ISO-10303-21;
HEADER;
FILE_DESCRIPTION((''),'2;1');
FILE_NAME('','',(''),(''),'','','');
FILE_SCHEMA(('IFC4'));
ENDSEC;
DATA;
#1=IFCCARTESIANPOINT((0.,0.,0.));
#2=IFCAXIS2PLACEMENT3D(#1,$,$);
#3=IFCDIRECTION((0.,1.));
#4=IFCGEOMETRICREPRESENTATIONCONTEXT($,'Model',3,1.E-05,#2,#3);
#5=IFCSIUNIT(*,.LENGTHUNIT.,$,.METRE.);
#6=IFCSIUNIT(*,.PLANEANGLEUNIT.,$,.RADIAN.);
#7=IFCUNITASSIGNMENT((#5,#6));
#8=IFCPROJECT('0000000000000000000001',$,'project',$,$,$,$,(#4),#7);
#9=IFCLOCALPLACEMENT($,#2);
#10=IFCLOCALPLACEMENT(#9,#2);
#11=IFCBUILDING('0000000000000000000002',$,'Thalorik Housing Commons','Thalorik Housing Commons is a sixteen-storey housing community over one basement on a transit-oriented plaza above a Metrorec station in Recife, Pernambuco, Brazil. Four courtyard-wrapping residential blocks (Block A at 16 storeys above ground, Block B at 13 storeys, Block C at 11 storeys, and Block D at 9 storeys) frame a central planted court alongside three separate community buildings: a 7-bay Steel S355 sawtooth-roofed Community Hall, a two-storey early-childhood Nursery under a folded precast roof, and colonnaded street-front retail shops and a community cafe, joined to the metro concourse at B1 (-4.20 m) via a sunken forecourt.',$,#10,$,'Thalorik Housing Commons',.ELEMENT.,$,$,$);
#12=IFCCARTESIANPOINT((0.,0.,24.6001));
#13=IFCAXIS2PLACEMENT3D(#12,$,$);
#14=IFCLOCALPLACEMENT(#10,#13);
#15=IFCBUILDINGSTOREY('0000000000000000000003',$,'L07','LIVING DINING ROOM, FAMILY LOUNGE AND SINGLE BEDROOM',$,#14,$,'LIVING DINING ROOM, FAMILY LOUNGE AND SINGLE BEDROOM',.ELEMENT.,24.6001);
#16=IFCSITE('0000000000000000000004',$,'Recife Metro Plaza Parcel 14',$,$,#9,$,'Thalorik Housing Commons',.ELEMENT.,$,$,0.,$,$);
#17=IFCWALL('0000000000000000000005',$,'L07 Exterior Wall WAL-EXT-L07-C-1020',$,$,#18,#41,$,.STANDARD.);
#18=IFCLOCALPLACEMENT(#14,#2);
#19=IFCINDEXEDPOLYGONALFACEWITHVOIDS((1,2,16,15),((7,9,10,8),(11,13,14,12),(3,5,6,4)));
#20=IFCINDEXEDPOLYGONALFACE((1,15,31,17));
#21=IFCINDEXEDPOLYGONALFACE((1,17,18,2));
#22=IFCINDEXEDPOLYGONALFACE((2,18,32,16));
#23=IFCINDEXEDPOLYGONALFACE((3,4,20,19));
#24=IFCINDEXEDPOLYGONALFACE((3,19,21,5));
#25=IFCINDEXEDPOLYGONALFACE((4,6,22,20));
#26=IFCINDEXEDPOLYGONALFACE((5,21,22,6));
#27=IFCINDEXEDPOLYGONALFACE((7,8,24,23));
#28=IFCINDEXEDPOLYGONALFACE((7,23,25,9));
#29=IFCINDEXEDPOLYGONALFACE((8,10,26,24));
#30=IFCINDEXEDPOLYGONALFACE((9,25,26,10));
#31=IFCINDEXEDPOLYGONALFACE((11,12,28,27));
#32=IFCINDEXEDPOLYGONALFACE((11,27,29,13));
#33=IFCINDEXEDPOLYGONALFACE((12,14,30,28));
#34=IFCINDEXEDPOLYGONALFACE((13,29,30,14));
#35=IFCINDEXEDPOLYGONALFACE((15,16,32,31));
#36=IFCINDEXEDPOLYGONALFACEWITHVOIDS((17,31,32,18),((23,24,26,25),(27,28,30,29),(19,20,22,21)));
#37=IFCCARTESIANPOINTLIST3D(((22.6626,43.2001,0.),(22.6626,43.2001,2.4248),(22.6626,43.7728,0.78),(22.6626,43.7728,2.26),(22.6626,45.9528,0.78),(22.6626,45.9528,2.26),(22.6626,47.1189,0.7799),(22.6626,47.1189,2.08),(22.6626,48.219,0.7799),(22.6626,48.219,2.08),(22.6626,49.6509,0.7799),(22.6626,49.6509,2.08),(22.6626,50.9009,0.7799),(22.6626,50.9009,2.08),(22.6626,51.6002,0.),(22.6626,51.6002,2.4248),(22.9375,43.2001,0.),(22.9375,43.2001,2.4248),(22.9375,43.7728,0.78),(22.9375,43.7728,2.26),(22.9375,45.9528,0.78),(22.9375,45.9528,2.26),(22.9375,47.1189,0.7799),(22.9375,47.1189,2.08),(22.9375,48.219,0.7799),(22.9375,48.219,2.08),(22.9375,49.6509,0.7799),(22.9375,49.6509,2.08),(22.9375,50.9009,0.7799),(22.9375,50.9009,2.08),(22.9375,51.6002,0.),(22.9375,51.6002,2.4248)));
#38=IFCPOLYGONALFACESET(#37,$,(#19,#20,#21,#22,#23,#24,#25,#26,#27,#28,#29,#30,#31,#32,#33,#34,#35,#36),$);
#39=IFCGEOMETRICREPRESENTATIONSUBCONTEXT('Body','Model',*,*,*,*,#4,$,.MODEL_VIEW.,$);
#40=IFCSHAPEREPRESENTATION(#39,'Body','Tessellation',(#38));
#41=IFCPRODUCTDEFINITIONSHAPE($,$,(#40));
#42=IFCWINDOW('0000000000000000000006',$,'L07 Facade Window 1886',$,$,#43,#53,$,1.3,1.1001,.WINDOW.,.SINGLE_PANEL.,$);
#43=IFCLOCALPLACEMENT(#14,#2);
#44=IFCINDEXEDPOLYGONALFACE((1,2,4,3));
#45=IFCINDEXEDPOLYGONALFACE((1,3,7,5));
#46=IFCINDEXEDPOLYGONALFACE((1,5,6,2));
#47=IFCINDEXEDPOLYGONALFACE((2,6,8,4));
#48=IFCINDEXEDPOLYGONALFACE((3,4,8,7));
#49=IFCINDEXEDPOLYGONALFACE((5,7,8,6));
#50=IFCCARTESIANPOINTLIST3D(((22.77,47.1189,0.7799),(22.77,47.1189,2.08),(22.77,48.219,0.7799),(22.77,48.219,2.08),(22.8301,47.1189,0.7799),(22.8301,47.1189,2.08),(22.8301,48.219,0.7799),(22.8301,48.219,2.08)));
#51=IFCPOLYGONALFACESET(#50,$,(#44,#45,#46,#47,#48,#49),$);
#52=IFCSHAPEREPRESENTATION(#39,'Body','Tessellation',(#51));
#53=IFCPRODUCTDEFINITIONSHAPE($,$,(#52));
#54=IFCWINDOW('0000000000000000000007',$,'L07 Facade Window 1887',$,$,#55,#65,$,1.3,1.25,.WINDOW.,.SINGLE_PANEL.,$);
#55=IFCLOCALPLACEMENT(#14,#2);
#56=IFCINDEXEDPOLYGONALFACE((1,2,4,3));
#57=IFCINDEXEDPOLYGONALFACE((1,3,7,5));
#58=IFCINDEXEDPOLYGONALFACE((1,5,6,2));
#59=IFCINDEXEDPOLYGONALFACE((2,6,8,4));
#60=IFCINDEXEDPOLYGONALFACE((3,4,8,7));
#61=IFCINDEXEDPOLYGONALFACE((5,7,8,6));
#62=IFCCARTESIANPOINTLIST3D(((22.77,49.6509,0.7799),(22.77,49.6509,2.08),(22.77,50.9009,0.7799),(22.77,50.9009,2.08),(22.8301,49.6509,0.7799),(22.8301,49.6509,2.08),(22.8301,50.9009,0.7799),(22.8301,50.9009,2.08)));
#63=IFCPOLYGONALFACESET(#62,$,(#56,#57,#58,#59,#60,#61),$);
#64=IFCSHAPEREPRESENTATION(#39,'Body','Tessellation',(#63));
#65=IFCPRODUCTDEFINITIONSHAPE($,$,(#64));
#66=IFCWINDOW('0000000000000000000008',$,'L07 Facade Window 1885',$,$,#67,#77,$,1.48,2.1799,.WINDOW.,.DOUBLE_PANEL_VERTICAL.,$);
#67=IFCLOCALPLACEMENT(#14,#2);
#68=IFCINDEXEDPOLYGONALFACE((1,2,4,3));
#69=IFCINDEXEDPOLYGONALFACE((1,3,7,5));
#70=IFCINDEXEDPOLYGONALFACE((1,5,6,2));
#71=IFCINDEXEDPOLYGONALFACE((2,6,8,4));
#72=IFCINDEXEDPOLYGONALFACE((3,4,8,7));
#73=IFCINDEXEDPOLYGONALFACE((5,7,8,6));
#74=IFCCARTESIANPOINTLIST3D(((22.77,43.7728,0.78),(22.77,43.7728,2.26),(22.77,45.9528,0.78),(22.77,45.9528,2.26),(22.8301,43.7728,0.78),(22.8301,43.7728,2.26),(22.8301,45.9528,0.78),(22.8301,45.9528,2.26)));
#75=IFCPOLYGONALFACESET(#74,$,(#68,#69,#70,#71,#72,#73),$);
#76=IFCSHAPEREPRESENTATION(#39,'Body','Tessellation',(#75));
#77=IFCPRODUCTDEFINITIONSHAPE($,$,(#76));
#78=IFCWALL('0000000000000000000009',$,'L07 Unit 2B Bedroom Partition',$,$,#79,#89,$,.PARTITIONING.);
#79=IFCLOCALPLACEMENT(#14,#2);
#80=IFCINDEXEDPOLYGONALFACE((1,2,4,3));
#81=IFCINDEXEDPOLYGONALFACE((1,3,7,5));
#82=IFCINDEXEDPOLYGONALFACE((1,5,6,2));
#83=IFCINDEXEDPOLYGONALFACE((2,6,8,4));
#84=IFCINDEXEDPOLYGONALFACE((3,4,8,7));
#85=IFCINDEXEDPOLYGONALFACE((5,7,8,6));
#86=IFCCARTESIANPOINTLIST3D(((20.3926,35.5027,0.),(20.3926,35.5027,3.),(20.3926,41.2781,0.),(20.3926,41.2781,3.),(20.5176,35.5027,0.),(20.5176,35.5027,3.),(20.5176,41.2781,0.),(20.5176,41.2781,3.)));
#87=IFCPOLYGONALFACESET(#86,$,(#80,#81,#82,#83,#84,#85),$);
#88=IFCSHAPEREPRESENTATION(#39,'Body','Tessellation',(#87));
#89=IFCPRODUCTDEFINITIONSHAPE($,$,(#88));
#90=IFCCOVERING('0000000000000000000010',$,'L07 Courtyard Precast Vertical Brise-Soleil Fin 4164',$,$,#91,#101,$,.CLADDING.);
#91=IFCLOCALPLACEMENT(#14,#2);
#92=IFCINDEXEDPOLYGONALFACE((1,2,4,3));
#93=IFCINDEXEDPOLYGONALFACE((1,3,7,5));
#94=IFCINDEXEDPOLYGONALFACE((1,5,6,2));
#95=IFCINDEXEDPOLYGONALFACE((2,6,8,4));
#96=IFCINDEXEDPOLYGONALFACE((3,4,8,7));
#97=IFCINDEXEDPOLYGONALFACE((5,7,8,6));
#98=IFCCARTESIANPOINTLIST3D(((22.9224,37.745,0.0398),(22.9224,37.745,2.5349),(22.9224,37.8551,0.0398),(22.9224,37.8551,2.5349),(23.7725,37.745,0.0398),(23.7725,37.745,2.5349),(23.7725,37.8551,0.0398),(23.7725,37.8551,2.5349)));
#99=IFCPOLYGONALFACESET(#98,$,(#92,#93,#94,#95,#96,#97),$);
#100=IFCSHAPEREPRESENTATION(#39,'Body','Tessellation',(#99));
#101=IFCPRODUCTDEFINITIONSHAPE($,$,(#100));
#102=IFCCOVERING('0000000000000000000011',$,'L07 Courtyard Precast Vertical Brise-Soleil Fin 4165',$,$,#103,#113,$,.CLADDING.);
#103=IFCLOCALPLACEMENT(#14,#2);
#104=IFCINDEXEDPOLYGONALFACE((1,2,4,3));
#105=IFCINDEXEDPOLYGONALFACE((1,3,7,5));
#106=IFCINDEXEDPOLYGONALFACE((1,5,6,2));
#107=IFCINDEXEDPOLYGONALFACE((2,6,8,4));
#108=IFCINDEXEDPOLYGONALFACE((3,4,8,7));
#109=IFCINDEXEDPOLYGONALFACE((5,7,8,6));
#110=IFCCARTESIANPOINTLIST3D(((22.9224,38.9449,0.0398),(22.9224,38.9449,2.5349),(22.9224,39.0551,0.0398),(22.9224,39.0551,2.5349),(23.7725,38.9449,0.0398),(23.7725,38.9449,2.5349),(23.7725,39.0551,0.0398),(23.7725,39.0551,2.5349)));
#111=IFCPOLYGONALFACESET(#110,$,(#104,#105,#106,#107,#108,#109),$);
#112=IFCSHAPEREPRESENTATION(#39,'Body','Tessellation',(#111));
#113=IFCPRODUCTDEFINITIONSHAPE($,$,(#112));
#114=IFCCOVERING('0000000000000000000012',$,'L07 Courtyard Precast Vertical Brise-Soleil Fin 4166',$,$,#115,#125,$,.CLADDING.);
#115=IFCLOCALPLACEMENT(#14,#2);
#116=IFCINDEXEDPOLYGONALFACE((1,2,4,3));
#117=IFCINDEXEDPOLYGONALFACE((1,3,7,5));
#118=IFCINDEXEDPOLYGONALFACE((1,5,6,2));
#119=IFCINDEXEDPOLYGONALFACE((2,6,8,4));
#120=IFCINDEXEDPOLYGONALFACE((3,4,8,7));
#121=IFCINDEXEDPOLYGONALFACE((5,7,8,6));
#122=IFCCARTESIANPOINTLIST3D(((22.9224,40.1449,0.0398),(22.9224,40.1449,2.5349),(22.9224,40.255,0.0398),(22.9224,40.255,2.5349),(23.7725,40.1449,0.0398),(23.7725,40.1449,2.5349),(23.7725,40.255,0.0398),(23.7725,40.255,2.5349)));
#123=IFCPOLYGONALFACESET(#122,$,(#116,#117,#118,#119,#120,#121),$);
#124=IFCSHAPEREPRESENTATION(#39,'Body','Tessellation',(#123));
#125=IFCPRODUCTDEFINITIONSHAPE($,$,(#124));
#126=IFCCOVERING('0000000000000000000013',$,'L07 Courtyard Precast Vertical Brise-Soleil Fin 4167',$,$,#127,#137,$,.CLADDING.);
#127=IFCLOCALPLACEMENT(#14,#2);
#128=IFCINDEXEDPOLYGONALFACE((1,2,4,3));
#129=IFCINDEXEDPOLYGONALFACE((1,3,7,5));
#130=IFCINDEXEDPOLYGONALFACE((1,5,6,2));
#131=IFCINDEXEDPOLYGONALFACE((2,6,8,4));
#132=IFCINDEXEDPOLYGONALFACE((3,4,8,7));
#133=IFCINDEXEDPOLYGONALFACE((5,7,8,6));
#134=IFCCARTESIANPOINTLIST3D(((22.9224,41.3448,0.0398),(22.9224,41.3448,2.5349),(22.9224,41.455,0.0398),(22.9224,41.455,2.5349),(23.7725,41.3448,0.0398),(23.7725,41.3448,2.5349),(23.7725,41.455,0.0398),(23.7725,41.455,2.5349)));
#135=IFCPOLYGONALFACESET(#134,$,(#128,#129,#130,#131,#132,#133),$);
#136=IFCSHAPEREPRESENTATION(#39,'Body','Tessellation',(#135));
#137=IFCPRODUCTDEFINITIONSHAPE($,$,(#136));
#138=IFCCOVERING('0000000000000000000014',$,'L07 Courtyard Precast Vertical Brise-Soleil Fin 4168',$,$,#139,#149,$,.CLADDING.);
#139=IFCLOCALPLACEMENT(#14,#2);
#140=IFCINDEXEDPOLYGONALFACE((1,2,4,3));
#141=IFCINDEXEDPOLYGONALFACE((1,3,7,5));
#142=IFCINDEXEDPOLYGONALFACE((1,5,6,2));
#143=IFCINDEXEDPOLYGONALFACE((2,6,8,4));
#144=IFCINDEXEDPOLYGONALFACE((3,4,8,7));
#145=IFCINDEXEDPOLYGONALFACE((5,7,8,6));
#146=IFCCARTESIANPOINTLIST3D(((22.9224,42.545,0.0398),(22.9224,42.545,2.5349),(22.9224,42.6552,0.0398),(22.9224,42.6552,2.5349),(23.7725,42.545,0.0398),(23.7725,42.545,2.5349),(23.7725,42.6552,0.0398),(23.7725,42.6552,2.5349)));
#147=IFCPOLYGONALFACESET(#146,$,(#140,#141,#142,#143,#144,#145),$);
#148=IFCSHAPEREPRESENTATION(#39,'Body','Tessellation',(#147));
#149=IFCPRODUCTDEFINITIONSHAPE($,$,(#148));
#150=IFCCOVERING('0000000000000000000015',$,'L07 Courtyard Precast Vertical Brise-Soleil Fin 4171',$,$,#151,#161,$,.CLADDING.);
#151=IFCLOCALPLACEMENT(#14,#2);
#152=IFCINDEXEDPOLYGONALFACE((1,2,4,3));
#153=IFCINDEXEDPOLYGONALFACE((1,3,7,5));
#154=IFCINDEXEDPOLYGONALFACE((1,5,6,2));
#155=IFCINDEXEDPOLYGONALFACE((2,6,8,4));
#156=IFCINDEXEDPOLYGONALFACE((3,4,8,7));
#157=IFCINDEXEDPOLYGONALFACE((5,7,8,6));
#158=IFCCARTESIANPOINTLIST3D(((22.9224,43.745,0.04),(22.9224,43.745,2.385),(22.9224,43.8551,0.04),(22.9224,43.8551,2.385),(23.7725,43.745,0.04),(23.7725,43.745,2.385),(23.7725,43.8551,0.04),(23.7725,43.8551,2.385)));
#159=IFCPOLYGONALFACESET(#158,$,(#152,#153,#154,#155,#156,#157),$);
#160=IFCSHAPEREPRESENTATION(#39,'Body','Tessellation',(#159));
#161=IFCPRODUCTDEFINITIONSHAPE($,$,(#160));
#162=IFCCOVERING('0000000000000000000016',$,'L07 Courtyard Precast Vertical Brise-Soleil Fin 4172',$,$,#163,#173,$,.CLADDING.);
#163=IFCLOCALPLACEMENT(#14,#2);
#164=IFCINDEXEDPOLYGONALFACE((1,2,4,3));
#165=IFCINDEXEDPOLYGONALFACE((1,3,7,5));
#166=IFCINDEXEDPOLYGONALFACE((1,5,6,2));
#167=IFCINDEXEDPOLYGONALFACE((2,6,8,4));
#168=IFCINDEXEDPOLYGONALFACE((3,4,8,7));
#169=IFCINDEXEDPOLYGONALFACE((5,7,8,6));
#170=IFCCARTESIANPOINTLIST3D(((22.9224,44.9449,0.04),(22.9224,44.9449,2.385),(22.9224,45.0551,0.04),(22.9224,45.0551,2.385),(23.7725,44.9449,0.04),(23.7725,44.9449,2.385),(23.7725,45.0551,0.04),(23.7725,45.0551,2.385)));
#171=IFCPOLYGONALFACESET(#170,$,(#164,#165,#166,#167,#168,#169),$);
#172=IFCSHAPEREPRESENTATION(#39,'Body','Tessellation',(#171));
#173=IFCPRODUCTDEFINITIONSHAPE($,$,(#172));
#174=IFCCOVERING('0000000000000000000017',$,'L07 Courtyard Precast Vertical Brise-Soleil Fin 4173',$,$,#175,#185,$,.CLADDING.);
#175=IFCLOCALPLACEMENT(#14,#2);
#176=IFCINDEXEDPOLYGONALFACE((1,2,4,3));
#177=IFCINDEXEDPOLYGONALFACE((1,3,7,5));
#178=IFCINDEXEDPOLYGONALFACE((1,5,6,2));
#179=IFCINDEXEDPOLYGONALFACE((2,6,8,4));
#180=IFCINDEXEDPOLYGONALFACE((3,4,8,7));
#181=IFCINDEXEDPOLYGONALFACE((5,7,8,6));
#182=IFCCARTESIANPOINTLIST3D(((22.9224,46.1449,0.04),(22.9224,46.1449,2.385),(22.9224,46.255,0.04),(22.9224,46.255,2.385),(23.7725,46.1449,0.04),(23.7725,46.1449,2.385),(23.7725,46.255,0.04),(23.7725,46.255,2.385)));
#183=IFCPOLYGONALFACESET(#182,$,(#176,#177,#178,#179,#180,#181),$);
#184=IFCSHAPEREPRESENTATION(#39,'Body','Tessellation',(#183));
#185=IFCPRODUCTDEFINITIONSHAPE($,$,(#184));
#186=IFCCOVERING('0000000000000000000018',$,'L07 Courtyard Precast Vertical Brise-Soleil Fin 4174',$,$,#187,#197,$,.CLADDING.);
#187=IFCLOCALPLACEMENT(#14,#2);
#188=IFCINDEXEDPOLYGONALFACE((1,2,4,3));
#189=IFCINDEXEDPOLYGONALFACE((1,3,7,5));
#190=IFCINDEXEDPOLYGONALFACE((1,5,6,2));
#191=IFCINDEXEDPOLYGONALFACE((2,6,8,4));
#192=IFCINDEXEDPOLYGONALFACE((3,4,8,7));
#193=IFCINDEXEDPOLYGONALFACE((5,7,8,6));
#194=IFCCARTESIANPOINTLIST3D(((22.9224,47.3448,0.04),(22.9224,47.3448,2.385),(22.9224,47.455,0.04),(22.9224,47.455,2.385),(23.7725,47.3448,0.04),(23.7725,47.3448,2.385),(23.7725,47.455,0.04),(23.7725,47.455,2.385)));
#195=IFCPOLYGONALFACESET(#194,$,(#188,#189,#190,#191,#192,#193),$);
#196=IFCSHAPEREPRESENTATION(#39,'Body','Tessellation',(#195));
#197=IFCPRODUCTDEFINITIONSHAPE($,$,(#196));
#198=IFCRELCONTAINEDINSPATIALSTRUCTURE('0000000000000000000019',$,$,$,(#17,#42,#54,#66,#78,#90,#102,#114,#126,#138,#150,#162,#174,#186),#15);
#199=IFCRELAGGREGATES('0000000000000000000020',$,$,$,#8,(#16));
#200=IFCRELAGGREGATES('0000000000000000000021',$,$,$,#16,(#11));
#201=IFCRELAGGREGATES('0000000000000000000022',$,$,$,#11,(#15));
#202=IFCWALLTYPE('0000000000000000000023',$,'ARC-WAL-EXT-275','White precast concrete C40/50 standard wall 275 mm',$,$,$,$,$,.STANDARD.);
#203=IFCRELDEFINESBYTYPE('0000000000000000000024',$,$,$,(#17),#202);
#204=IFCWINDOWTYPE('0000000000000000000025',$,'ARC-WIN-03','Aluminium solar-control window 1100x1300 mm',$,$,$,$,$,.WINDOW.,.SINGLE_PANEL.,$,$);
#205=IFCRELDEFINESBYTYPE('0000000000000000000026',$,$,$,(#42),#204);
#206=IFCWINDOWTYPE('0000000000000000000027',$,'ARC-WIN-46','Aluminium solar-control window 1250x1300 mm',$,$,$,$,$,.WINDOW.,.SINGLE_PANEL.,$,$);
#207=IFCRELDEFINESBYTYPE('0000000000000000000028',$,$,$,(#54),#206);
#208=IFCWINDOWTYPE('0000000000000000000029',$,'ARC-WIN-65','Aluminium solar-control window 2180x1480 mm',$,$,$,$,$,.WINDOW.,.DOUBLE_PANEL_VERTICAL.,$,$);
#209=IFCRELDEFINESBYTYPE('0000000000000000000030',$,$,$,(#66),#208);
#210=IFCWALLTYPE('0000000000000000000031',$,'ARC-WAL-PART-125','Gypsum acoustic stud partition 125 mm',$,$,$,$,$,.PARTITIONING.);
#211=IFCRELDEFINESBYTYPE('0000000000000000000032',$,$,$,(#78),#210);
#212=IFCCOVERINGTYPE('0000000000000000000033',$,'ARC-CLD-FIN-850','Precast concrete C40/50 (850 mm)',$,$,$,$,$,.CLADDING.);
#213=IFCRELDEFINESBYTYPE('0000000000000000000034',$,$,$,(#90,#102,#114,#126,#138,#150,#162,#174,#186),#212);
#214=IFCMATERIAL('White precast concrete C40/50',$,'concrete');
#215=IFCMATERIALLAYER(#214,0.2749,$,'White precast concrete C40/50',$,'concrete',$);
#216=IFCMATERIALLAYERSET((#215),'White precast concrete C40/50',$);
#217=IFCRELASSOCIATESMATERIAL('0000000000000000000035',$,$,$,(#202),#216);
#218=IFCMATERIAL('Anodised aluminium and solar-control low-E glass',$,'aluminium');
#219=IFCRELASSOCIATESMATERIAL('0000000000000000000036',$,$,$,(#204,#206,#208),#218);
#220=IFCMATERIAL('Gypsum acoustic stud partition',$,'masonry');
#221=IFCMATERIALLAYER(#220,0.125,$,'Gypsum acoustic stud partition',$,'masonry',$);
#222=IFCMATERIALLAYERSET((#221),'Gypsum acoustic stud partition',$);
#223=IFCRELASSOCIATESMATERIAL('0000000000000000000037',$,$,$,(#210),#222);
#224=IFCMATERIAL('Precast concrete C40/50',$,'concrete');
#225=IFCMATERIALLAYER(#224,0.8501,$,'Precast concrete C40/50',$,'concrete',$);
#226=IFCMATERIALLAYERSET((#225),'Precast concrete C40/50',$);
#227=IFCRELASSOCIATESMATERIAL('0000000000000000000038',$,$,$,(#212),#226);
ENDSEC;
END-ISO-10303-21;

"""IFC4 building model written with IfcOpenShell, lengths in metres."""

from ifc_helpers import new_model, si_unit, direction, frame, frame_2d, origin, origin_2d, place, context, subcontext, project, spatial, rectangle, extrude, material, layer, layer_set, type_object, element, fill, save


model = new_model("IFC4")

# Units and contexts
model_context = context("Model", 3, precision=1e-05, world=origin(), true_north=direction((0.0, 1.0)))
body_context = subcontext(model_context, "Body", "Model", "MODEL_VIEW")
ifc_project = project(units=[si_unit("LENGTHUNIT", "METRE"), si_unit("PLANEANGLEUNIT", "RADIAN")], contexts=[model_context])

# Site, building, storey
site_placement = place(None, origin())
site = spatial("IfcSite", under=ifc_project, at=site_placement, Name="Recife Metro Plaza Parcel 14", LongName="Thalorik Housing Commons", CompositionType="ELEMENT", RefElevation=0.0)
building_placement = place(site_placement, origin())
building = spatial("IfcBuilding", under=site, at=building_placement, Name="Thalorik Housing Commons", Description="Thalorik Housing Commons is a sixteen-storey housing community over one basement on a transit-oriented plaza above a Metrorec station in Recife, Pernambuco, Brazil. Four courtyard-wrapping residential blocks (Block A at 16 storeys above ground, Block B at 13 storeys, Block C at 11 storeys, and Block D at 9 storeys) frame a central planted court alongside three separate community buildings: a 7-bay Steel S355 sawtooth-roofed Community Hall, a two-storey early-childhood Nursery under a folded precast roof, and colonnaded street-front retail shops and a community cafe, joined to the metro concourse at B1 (-4.20 m) via a sunken forecourt.", LongName="Thalorik Housing Commons", CompositionType="ELEMENT")
storey_placement = place(building_placement, frame((0.0, 0.0, 24.6001)))
storey = spatial("IfcBuildingStorey", under=building, at=storey_placement, Name="L07", Description="LIVING DINING ROOM, FAMILY LOUNGE AND SINGLE BEDROOM", LongName="LIVING DINING ROOM, FAMILY LOUNGE AND SINGLE BEDROOM", CompositionType="ELEMENT", Elevation=24.6001)

# Shared definitions
ifc_material_1 = material(Name="Precast concrete C40/50", Category="concrete")

# Shared definitions
ifc_material_2 = material(Name="Anodised aluminium and solar-control low-E glass", Category="aluminium")

# Shared definitions
ifc_material_3 = material(Name="White precast concrete C40/50", Category="concrete")
ifc_layer_1 = layer(ifc_material_3, 0.2749, Name="White precast concrete C40/50", Category="concrete")
ifc_layer_set_1 = layer_set([ifc_layer_1], Name="White precast concrete C40/50")
wall_type_1 = type_object("IfcWallType", Name="ARC-WAL-EXT-275", Description="White precast concrete C40/50 standard wall 275 mm", PredefinedType="STANDARD", material=ifc_layer_set_1)

# Wall, openings, windows
wall_1_placement = place(storey_placement, frame((22.8, 43.2, 0.0), z_axis=(0.0, 0.0, 1.0), x_axis=(0.0, 1.0, 0.0)))
wall_1 = element("IfcWall", 1, at=wall_1_placement, inside=storey, type_object=wall_type_1, Name="L07 Exterior Wall WAL-EXT-L07-C-1020", PredefinedType="STANDARD", context=body_context, shape_type="SweptSolid", body=[
    extrude(rectangle(XDim=8.4001, YDim=0.2749, at=frame_2d((4.2002, 0.0))), origin(), (0.0, 0.0, 1.0), 2.4248),
])
opening_1_placement = place(wall_1_placement, frame((0.573, 0.0, 0.78)))
opening_1 = element("IfcOpeningElement", 2, at=opening_1_placement, cuts=wall_1, PredefinedType="OPENING", context=body_context, shape_type="SweptSolid", body=[
    extrude(rectangle(XDim=2.1799, YDim=1.48, at=frame_2d((1.0898, 0.74))), frame((0.0, 0.1475, 0.0), z_axis=(0.0, -1.0, 0.0), x_axis=(1.0, 0.0, 0.0)), (0.0, 0.0, 1.0), 0.2949),
])
opening_2_placement = place(wall_1_placement, frame((3.9189, 0.0, 0.78)))
opening_2 = element("IfcOpeningElement", 3, at=opening_2_placement, cuts=wall_1, PredefinedType="OPENING", context=body_context, shape_type="SweptSolid", body=[
    extrude(rectangle(XDim=1.1001, YDim=1.3, at=frame_2d((0.55, 0.6499))), frame((0.0, 0.1475, 0.0), z_axis=(0.0, -1.0, 0.0), x_axis=(1.0, 0.0, 0.0)), (0.0, 0.0, 1.0), 0.2949),
])
opening_3_placement = place(wall_1_placement, frame((6.4509, 0.0, 0.78)))
opening_3 = element("IfcOpeningElement", 4, at=opening_3_placement, cuts=wall_1, PredefinedType="OPENING", context=body_context, shape_type="SweptSolid", body=[
    extrude(rectangle(XDim=1.25, YDim=1.3, at=frame_2d((0.625, 0.6499))), frame((0.0, 0.1475, 0.0), z_axis=(0.0, -1.0, 0.0), x_axis=(1.0, 0.0, 0.0)), (0.0, 0.0, 1.0), 0.2949),
])
window_type_1 = type_object("IfcWindowType", Name="ARC-WIN-03", Description="Aluminium solar-control window 1100x1300 mm", PartitioningType="SINGLE_PANEL", PredefinedType="WINDOW", material=ifc_material_2)
window_1_placement = place(opening_2_placement, origin())
window_1 = element("IfcWindow", 5, at=window_1_placement, inside=storey, type_object=window_type_1, Name="L07 Facade Window 1886", OverallHeight=1.3, OverallWidth=1.1001, PartitioningType="SINGLE_PANEL", PredefinedType="WINDOW", context=body_context, shape_type="SweptSolid", body=[
    extrude(rectangle(XDim=1.1001, YDim=1.3, at=frame_2d((0.55, 0.6499))), frame((0.0, 0.03, 0.0), z_axis=(0.0, -1.0, 0.0), x_axis=(1.0, 0.0, 0.0)), (0.0, 0.0, 1.0), 0.0601),
])
fill(opening_2, window_1)
window_type_2 = type_object("IfcWindowType", Name="ARC-WIN-46", Description="Aluminium solar-control window 1250x1300 mm", PartitioningType="SINGLE_PANEL", PredefinedType="WINDOW", material=ifc_material_2)
window_2_placement = place(opening_3_placement, origin())
window_2 = element("IfcWindow", 6, at=window_2_placement, inside=storey, type_object=window_type_2, Name="L07 Facade Window 1887", OverallHeight=1.3, OverallWidth=1.25, PartitioningType="SINGLE_PANEL", PredefinedType="WINDOW", context=body_context, shape_type="SweptSolid", body=[
    extrude(rectangle(XDim=1.25, YDim=1.3, at=frame_2d((0.625, 0.6499))), frame((0.0, 0.03, 0.0), z_axis=(0.0, -1.0, 0.0), x_axis=(1.0, 0.0, 0.0)), (0.0, 0.0, 1.0), 0.0601),
])
fill(opening_3, window_2)
window_type_3 = type_object("IfcWindowType", Name="ARC-WIN-65", Description="Aluminium solar-control window 2180x1480 mm", PartitioningType="DOUBLE_PANEL_VERTICAL", PredefinedType="WINDOW", material=ifc_material_2)
window_3_placement = place(opening_1_placement, origin())
window_3 = element("IfcWindow", 7, at=window_3_placement, inside=storey, type_object=window_type_3, Name="L07 Facade Window 1885", OverallHeight=1.48, OverallWidth=2.1799, PartitioningType="DOUBLE_PANEL_VERTICAL", PredefinedType="WINDOW", context=body_context, shape_type="SweptSolid", body=[
    extrude(rectangle(XDim=2.1799, YDim=1.48, at=frame_2d((1.0898, 0.74))), frame((0.0, 0.03, 0.0), z_axis=(0.0, -1.0, 0.0), x_axis=(1.0, 0.0, 0.0)), (0.0, 0.0, 1.0), 0.0601),
])
fill(opening_1, window_3)

# Wall
ifc_material_4 = material(Name="Gypsum acoustic stud partition", Category="masonry")
ifc_layer_2 = layer(ifc_material_4, 0.125, Name="Gypsum acoustic stud partition", Category="masonry")
ifc_layer_set_2 = layer_set([ifc_layer_2], Name="Gypsum acoustic stud partition")
wall_type_2 = type_object("IfcWallType", Name="ARC-WAL-PART-125", Description="Gypsum acoustic stud partition 125 mm", PredefinedType="PARTITIONING", material=ifc_layer_set_2)
wall_2_placement = place(storey_placement, frame((20.4551, 35.5027, 0.0), z_axis=(0.0, 0.0, 1.0), x_axis=(0.0, 1.0, 0.0)))
element("IfcWall", 8, at=wall_2_placement, inside=storey, type_object=wall_type_2, Name="L07 Unit 2B Bedroom Partition", PredefinedType="PARTITIONING", context=body_context, shape_type="SweptSolid", body=[
    extrude(rectangle(XDim=5.7754, YDim=0.125, at=frame_2d((2.8877, 0.0))), origin(), (0.0, 0.0, 1.0), 3.0),
])

# Coverings
ifc_layer_3 = layer(ifc_material_1, 0.8501, Name="Precast concrete C40/50", Category="concrete")
ifc_layer_set_3 = layer_set([ifc_layer_3], Name="Precast concrete C40/50")
covering_type_1 = type_object("IfcCoveringType", Name="ARC-CLD-FIN-850", Description="Precast concrete C40/50 (850 mm)", PredefinedType="CLADDING", material=ifc_layer_set_3)
for number, where, z_axis, x_axis, name in (
    (9, (23.3474, 37.8, 0.0398), (0.0, 0.0, 1.0), (0.0, 1.0, 0.0), "L07 Courtyard Precast Vertical Brise-Soleil Fin 4164"),
    (10, (23.3474, 39.0, 0.0398), (0.0, 0.0, 1.0), (0.0, 1.0, 0.0), "L07 Courtyard Precast Vertical Brise-Soleil Fin 4165"),
    (11, (23.3474, 40.2, 0.0398), (0.0, 0.0, 1.0), (0.0, 1.0, 0.0), "L07 Courtyard Precast Vertical Brise-Soleil Fin 4166"),
    (12, (23.3474, 41.3999, 0.0398), (0.0, 0.0, 1.0), (0.0, 1.0, 0.0), "L07 Courtyard Precast Vertical Brise-Soleil Fin 4167"),
    (13, (23.3474, 42.6001, 0.0398), (0.0, 0.0, 1.0), (0.0, 1.0, 0.0), "L07 Courtyard Precast Vertical Brise-Soleil Fin 4168"),
):
    element("IfcCovering", number, at=place(storey_placement, frame(where, z_axis=z_axis, x_axis=x_axis)), inside=storey, type_object=covering_type_1, Name=name, PredefinedType="CLADDING", context=body_context, shape_type="SweptSolid", body=[
        extrude(rectangle(XDim=0.1101, YDim=0.8501, at=origin_2d()), origin(), (0.0, 0.0, 1.0), 2.4951),
    ])
for number, where, z_axis, x_axis, name in (
    (14, (23.3474, 43.8, 0.04), (0.0, 0.0, 1.0), (0.0, 1.0, 0.0), "L07 Courtyard Precast Vertical Brise-Soleil Fin 4171"),
    (15, (23.3474, 45.0, 0.04), (0.0, 0.0, 1.0), (0.0, 1.0, 0.0), "L07 Courtyard Precast Vertical Brise-Soleil Fin 4172"),
    (16, (23.3474, 46.2, 0.04), (0.0, 0.0, 1.0), (0.0, 1.0, 0.0), "L07 Courtyard Precast Vertical Brise-Soleil Fin 4173"),
    (17, (23.3474, 47.3999, 0.04), (0.0, 0.0, 1.0), (0.0, 1.0, 0.0), "L07 Courtyard Precast Vertical Brise-Soleil Fin 4174"),
):
    element("IfcCovering", number, at=place(storey_placement, frame(where, z_axis=z_axis, x_axis=x_axis)), inside=storey, type_object=covering_type_1, Name=name, PredefinedType="CLADDING", context=body_context, shape_type="SweptSolid", body=[
        extrude(rectangle(XDim=0.1101, YDim=0.8501, at=origin_2d()), origin(), (0.0, 0.0, 1.0), 2.345),
    ])

save(model, "model.ifc")
